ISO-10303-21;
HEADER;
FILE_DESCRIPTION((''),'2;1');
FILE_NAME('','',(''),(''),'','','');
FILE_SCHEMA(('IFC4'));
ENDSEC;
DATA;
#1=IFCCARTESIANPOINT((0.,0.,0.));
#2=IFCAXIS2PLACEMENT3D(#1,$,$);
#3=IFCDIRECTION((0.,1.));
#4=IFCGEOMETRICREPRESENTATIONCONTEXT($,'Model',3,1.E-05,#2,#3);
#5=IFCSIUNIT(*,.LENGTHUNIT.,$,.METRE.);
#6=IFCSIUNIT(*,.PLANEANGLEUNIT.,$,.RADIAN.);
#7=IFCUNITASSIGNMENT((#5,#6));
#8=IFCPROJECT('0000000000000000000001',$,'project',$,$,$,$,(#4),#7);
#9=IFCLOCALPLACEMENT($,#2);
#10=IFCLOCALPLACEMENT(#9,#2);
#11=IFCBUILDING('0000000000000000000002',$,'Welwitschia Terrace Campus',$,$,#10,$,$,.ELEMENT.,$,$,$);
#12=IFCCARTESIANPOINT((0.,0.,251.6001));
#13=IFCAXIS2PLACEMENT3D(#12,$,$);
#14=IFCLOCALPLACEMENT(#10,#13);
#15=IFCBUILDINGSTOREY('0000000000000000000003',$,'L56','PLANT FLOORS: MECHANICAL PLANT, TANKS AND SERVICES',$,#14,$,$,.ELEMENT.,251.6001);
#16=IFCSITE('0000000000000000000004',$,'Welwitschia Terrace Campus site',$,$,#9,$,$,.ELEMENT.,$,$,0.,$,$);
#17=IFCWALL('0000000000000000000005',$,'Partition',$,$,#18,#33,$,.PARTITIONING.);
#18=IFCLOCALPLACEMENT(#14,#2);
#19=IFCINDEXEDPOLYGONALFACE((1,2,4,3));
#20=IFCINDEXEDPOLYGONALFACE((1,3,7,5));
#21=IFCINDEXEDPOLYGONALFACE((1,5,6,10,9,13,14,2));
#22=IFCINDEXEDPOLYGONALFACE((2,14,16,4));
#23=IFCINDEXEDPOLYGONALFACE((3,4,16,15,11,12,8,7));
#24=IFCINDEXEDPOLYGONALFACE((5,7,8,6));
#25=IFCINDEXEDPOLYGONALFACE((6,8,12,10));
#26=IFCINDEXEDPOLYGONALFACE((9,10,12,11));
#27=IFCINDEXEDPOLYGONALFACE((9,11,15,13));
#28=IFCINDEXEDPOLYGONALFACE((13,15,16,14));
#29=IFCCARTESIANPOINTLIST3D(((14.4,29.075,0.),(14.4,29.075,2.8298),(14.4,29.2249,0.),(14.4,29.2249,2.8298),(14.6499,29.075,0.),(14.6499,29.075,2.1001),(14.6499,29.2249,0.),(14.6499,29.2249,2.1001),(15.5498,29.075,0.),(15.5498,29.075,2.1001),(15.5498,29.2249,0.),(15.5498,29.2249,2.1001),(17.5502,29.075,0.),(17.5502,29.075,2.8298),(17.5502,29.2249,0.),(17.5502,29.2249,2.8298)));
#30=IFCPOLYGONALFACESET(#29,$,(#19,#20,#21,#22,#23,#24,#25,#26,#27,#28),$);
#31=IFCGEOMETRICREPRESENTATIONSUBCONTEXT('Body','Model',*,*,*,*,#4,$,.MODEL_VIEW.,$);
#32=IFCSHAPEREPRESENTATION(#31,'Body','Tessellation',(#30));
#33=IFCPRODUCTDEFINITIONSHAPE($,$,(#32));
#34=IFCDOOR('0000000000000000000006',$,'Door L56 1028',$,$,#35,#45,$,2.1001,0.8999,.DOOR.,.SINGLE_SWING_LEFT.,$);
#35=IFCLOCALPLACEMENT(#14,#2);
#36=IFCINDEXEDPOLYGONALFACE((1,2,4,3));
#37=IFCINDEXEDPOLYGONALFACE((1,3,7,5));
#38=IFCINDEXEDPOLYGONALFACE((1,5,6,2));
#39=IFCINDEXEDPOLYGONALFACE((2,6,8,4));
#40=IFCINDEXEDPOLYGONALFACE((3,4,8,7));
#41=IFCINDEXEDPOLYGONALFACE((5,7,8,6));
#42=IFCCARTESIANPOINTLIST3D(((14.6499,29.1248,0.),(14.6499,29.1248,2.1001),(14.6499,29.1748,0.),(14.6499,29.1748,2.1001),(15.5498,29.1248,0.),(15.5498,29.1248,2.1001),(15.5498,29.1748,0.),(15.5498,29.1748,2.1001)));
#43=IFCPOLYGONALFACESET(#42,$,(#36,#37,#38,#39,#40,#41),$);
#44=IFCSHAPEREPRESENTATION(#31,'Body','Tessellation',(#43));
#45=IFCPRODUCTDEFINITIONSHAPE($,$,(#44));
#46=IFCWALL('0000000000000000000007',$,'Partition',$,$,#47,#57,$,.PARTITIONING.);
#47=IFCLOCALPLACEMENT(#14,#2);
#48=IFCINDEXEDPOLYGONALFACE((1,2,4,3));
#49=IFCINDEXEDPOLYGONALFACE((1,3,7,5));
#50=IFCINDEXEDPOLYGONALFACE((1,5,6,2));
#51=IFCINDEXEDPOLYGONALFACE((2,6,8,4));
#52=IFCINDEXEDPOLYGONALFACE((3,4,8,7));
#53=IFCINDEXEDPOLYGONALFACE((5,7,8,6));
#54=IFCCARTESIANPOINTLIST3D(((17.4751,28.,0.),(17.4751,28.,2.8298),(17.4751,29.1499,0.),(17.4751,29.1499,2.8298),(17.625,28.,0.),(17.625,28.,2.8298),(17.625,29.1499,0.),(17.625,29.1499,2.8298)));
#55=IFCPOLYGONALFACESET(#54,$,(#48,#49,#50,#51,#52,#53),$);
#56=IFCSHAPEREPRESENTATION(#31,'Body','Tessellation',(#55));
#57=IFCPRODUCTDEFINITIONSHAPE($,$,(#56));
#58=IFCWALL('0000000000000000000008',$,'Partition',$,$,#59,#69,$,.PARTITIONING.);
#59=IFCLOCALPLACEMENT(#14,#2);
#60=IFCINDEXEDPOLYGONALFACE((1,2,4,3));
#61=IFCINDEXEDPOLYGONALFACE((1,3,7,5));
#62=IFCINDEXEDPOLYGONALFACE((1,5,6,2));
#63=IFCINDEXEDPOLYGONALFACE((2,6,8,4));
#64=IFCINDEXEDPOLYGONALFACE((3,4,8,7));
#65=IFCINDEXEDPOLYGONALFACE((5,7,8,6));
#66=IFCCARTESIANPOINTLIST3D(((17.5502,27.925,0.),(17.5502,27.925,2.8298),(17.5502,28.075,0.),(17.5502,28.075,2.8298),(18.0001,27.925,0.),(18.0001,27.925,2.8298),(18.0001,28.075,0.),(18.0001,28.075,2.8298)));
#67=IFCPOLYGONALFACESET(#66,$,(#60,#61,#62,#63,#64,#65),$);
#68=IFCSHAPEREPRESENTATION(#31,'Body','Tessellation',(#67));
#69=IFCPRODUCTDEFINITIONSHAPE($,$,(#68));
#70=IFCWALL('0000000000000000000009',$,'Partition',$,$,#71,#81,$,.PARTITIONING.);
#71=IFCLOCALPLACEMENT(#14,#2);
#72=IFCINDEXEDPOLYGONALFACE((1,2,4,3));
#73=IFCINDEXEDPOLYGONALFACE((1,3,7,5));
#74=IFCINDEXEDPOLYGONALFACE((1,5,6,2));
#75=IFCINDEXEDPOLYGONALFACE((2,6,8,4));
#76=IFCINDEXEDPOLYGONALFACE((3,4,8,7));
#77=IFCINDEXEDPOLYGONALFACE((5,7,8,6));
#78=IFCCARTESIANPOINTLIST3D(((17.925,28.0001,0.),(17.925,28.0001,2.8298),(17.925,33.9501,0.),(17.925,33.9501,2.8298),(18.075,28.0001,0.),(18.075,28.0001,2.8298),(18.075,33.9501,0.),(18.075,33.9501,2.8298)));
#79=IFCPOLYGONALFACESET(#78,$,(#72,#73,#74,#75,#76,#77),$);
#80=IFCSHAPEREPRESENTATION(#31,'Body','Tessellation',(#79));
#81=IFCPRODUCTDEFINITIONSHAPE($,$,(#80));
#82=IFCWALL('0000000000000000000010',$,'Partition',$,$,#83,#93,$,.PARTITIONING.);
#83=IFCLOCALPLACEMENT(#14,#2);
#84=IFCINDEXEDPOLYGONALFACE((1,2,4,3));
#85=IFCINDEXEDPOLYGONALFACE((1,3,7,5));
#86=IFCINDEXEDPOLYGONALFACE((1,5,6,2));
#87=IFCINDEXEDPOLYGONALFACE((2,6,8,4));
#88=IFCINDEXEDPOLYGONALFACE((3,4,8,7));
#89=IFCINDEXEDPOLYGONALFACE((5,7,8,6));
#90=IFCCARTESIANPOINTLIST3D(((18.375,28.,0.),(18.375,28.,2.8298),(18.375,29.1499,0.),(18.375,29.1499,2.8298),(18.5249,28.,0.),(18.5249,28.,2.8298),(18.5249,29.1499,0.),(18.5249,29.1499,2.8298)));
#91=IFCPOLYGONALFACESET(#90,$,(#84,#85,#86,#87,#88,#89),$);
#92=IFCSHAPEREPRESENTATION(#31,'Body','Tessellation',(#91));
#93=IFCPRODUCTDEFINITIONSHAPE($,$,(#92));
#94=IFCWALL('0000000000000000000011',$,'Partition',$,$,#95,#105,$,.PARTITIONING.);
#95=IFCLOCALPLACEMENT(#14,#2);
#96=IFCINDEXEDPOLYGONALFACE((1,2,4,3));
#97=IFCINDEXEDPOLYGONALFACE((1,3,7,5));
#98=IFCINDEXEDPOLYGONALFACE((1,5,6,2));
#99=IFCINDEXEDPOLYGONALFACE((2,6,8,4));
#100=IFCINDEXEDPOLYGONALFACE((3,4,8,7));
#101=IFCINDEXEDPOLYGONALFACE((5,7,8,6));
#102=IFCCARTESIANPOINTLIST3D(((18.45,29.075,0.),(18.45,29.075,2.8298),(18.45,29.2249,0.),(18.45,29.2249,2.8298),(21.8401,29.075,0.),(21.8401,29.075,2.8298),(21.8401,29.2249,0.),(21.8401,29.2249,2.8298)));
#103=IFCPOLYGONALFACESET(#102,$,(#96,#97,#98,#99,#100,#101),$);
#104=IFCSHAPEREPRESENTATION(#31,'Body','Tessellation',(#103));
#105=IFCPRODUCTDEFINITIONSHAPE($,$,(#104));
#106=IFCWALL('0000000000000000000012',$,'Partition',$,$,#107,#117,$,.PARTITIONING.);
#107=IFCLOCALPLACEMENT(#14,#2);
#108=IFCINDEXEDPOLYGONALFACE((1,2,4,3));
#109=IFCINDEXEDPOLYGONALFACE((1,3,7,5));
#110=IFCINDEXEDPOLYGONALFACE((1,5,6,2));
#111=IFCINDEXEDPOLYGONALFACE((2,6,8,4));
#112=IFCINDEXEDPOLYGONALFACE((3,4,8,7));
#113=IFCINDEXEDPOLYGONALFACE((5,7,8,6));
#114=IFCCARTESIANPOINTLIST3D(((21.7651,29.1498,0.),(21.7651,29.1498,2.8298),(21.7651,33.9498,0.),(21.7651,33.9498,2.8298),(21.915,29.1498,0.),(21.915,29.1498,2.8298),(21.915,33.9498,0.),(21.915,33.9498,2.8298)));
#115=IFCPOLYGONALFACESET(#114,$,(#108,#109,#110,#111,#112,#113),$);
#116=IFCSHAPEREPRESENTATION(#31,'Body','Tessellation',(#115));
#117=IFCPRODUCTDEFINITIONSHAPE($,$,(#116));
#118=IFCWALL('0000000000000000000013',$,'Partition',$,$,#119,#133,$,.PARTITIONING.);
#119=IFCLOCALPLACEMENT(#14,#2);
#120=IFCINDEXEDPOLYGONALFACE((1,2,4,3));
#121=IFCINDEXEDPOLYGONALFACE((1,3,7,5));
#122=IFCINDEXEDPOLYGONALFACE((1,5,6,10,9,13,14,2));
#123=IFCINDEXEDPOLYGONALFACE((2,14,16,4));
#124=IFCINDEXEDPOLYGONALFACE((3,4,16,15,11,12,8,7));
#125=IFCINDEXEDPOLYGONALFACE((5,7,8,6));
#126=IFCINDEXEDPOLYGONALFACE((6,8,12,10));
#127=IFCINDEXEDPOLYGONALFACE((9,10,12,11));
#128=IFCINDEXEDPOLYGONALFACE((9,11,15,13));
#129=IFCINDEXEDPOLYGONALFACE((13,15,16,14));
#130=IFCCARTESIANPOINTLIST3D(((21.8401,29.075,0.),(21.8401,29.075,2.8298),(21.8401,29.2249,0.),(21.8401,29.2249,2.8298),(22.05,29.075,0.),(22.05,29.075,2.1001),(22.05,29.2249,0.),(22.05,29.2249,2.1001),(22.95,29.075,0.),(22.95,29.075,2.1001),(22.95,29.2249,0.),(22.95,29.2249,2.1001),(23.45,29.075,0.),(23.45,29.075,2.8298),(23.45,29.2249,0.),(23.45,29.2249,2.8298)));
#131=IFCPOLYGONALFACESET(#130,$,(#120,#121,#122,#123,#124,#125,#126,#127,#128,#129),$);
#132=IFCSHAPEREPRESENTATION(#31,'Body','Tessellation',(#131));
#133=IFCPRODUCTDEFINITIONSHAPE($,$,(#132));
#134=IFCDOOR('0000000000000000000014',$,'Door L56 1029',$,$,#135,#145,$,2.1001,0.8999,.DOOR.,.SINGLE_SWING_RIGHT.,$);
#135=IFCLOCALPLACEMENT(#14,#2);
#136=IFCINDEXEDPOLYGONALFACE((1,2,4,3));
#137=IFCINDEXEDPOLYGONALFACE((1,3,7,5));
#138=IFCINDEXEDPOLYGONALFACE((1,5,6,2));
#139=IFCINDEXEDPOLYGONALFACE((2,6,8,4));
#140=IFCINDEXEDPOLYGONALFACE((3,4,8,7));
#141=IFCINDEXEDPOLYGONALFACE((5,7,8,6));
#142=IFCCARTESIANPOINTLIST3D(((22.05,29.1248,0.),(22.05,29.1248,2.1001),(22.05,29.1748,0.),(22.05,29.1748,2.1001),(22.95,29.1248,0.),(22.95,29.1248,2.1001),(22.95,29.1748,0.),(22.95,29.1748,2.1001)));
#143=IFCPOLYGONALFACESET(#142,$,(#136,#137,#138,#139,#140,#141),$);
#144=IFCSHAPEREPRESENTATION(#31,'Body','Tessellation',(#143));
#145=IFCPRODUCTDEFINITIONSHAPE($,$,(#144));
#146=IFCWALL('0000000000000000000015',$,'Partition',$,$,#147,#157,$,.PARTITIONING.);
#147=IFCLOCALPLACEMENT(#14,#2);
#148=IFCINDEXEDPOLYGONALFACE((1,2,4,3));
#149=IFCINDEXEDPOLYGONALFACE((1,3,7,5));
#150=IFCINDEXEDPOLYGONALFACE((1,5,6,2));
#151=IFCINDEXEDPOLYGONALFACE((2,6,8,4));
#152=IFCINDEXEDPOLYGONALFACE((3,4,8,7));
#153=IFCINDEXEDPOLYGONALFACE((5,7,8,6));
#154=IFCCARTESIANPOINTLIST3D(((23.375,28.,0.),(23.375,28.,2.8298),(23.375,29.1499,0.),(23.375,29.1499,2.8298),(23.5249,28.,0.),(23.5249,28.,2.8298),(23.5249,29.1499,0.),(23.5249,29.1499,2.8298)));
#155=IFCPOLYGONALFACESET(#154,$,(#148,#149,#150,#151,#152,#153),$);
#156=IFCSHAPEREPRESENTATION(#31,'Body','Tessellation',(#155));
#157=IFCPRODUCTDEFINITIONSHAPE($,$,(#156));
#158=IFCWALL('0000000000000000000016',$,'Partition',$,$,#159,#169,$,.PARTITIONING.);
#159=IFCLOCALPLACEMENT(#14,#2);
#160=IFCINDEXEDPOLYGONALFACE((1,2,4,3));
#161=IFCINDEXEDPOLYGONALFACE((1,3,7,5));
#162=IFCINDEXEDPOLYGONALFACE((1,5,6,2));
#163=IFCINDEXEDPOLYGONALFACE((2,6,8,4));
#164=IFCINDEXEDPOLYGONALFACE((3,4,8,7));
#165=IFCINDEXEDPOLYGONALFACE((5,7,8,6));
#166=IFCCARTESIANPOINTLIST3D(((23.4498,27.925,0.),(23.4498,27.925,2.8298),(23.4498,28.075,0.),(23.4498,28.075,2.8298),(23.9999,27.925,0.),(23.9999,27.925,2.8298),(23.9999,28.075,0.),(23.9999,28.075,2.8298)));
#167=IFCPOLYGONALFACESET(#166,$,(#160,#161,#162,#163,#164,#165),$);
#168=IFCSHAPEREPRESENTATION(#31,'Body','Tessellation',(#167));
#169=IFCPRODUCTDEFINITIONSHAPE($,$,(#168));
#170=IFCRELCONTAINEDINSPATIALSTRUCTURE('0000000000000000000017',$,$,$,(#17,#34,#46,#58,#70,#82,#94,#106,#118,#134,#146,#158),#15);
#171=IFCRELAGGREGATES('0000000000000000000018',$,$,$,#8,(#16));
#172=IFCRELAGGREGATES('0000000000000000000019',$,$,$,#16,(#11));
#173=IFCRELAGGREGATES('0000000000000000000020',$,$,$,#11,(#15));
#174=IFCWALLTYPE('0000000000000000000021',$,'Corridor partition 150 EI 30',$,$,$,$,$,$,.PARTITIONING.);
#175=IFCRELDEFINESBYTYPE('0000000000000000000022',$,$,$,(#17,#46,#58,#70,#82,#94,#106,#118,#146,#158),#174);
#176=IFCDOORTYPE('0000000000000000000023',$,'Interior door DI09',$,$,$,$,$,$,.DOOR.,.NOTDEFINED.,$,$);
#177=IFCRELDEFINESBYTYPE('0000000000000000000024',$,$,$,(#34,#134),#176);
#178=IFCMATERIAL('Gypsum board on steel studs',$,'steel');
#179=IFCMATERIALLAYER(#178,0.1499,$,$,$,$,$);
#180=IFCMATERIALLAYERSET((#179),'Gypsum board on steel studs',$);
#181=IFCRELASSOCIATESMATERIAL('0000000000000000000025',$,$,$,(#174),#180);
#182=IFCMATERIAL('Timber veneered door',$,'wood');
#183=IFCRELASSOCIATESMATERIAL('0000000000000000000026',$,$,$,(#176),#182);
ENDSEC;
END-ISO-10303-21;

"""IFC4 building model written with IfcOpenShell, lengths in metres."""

from ifc_helpers import new_model, si_unit, direction, frame, frame_2d, origin, place, context, subcontext, project, spatial, rectangle, extrude, material, layer, layer_set, type_object, element, fill, save


model = new_model("IFC4")

# Units and contexts
model_context = context("Model", 3, precision=1e-05, world=origin(), true_north=direction((0.0, 1.0)))
body_context = subcontext(model_context, "Body", "Model", "MODEL_VIEW")
ifc_project = project(units=[si_unit("LENGTHUNIT", "METRE"), si_unit("PLANEANGLEUNIT", "RADIAN")], contexts=[model_context])

# Site, building, storey
site_placement = place(None, origin())
site = spatial("IfcSite", under=ifc_project, at=site_placement, Name="Welwitschia Terrace Campus site", CompositionType="ELEMENT", RefElevation=0.0)
building_placement = place(site_placement, origin())
building = spatial("IfcBuilding", under=site, at=building_placement, Name="Welwitschia Terrace Campus", CompositionType="ELEMENT")
storey_placement = place(building_placement, frame((0.0, 0.0, 251.6001)))
storey = spatial("IfcBuildingStorey", under=building, at=storey_placement, Name="L56", Description="PLANT FLOORS: MECHANICAL PLANT, TANKS AND SERVICES", CompositionType="ELEMENT", Elevation=251.6001)

# Shared definitions
ifc_material_1 = material(Name="Gypsum board on steel studs", Category="steel")
ifc_layer_1 = layer(ifc_material_1, 0.1499)
ifc_layer_set_1 = layer_set([ifc_layer_1], Name="Gypsum board on steel studs")
wall_type = type_object("IfcWallType", Name="Corridor partition 150 EI 30", PredefinedType="PARTITIONING", material=ifc_layer_set_1)

# Shared definitions
ifc_material_2 = material(Name="Timber veneered door", Category="wood")
door_type = type_object("IfcDoorType", Name="Interior door DI09", OperationType="NOTDEFINED", PredefinedType="DOOR", material=ifc_material_2)

# Wall, opening, door
wall_1_placement = place(storey_placement, frame((14.3999, 29.1499, 0.0), z_axis=(0.0, 0.0, 1.0), x_axis=(1.0, 0.0, 0.0)))
wall_1 = element("IfcWall", 1, at=wall_1_placement, inside=storey, type_object=wall_type, Name="Partition", PredefinedType="PARTITIONING", context=body_context, shape_type="SweptSolid", body=[
    extrude(rectangle(XDim=3.1501, YDim=0.1499, at=frame_2d((1.5752, 0.0))), origin(), (0.0, 0.0, 1.0), 2.8298),
])
opening_1_placement = place(wall_1_placement, frame((0.25, 0.0, 0.0)))
opening_1 = element("IfcOpeningElement", 2, at=opening_1_placement, cuts=wall_1, PredefinedType="OPENING", context=body_context, shape_type="SweptSolid", body=[
    extrude(rectangle(XDim=0.8999, YDim=2.1001, at=frame_2d((0.45, 1.05))), frame((0.0, 0.085, 0.0), z_axis=(0.0, -1.0, 0.0), x_axis=(1.0, 0.0, 0.0)), (0.0, 0.0, 1.0), 0.1699),
])
door_1_placement = place(opening_1_placement, origin())
door_1 = element("IfcDoor", 3, at=door_1_placement, inside=storey, type_object=door_type, Name="Door L56 1028", OperationType="SINGLE_SWING_LEFT", OverallHeight=2.1001, OverallWidth=0.8999, PredefinedType="DOOR", context=body_context, shape_type="SweptSolid", body=[
    extrude(rectangle(XDim=0.8999, YDim=2.1001, at=frame_2d((0.45, 1.05))), frame((0.0, 0.0249, 0.0), z_axis=(0.0, -1.0, 0.0), x_axis=(1.0, 0.0, 0.0)), (0.0, 0.0, 1.0), 0.05),
])
fill(opening_1, door_1)

# Walls
wall_2_placement = place(storey_placement, frame((17.55, 28.0, 0.0), z_axis=(0.0, 0.0, 1.0), x_axis=(0.0, 1.0, 0.0)))
element("IfcWall", 4, at=wall_2_placement, inside=storey, type_object=wall_type, Name="Partition", PredefinedType="PARTITIONING", context=body_context, shape_type="SweptSolid", body=[
    extrude(rectangle(XDim=1.1499, YDim=0.1499, at=frame_2d((0.575, 0.0))), origin(), (0.0, 0.0, 1.0), 2.8298),
])
wall_3_placement = place(storey_placement, frame((17.55, 28.0, 0.0), z_axis=(0.0, 0.0, 1.0), x_axis=(1.0, 0.0, 0.0)))
element("IfcWall", 5, at=wall_3_placement, inside=storey, type_object=wall_type, Name="Partition", PredefinedType="PARTITIONING", context=body_context, shape_type="SweptSolid", body=[
    extrude(rectangle(XDim=0.45, YDim=0.1499, at=frame_2d((0.2251, 0.0))), origin(), (0.0, 0.0, 1.0), 2.8298),
])
wall_4_placement = place(storey_placement, frame((18.0, 28.0, 0.0), z_axis=(0.0, 0.0, 1.0), x_axis=(0.0, 1.0, 0.0)))
element("IfcWall", 6, at=wall_4_placement, inside=storey, type_object=wall_type, Name="Partition", PredefinedType="PARTITIONING", context=body_context, shape_type="SweptSolid", body=[
    extrude(rectangle(XDim=5.95, YDim=0.1499, at=frame_2d((2.9751, 0.0))), origin(), (0.0, 0.0, 1.0), 2.8298),
])
wall_5_placement = place(storey_placement, frame((18.45, 28.0, 0.0), z_axis=(0.0, 0.0, 1.0), x_axis=(0.0, 1.0, 0.0)))
element("IfcWall", 7, at=wall_5_placement, inside=storey, type_object=wall_type, Name="Partition", PredefinedType="PARTITIONING", context=body_context, shape_type="SweptSolid", body=[
    extrude(rectangle(XDim=1.1499, YDim=0.1499, at=frame_2d((0.575, 0.0))), origin(), (0.0, 0.0, 1.0), 2.8298),
])
wall_6_placement = place(storey_placement, frame((18.45, 29.1499, 0.0), z_axis=(0.0, 0.0, 1.0), x_axis=(1.0, 0.0, 0.0)))
element("IfcWall", 8, at=wall_6_placement, inside=storey, type_object=wall_type, Name="Partition", PredefinedType="PARTITIONING", context=body_context, shape_type="SweptSolid", body=[
    extrude(rectangle(XDim=3.3901, YDim=0.1499, at=frame_2d((1.6951, 0.0))), origin(), (0.0, 0.0, 1.0), 2.8298),
])
wall_7_placement = place(storey_placement, frame((21.8401, 29.1499, 0.0), z_axis=(0.0, 0.0, 1.0), x_axis=(0.0, 1.0, 0.0)))
element("IfcWall", 9, at=wall_7_placement, inside=storey, type_object=wall_type, Name="Partition", PredefinedType="PARTITIONING", context=body_context, shape_type="SweptSolid", body=[
    extrude(rectangle(XDim=4.8, YDim=0.1499, at=frame_2d((2.3999, 0.0))), origin(), (0.0, 0.0, 1.0), 2.8298),
])

# Wall, opening, door
wall_8_placement = place(storey_placement, frame((21.8401, 29.1499, 0.0), z_axis=(0.0, 0.0, 1.0), x_axis=(1.0, 0.0, 0.0)))
wall_8 = element("IfcWall", 10, at=wall_8_placement, inside=storey, type_object=wall_type, Name="Partition", PredefinedType="PARTITIONING", context=body_context, shape_type="SweptSolid", body=[
    extrude(rectangle(XDim=1.6099, YDim=0.1499, at=frame_2d((0.8049, 0.0))), origin(), (0.0, 0.0, 1.0), 2.8298),
])
opening_2_placement = place(wall_8_placement, frame((0.21, 0.0, 0.0)))
opening_2 = element("IfcOpeningElement", 11, at=opening_2_placement, cuts=wall_8, PredefinedType="OPENING", context=body_context, shape_type="SweptSolid", body=[
    extrude(rectangle(XDim=0.8999, YDim=2.1001, at=frame_2d((0.45, 1.05))), frame((0.0, 0.085, 0.0), z_axis=(0.0, -1.0, 0.0), x_axis=(1.0, 0.0, 0.0)), (0.0, 0.0, 1.0), 0.1699),
])
door_2_placement = place(opening_2_placement, origin())
door_2 = element("IfcDoor", 12, at=door_2_placement, inside=storey, type_object=door_type, Name="Door L56 1029", OperationType="SINGLE_SWING_RIGHT", OverallHeight=2.1001, OverallWidth=0.8999, PredefinedType="DOOR", context=body_context, shape_type="SweptSolid", body=[
    extrude(rectangle(XDim=0.8999, YDim=2.1001, at=frame_2d((0.45, 1.05))), frame((0.0, 0.0249, 0.0), z_axis=(0.0, -1.0, 0.0), x_axis=(1.0, 0.0, 0.0)), (0.0, 0.0, 1.0), 0.05),
])
fill(opening_2, door_2)

# Walls
wall_9_placement = place(storey_placement, frame((23.45, 28.0, 0.0), z_axis=(0.0, 0.0, 1.0), x_axis=(0.0, 1.0, 0.0)))
element("IfcWall", 13, at=wall_9_placement, inside=storey, type_object=wall_type, Name="Partition", PredefinedType="PARTITIONING", context=body_context, shape_type="SweptSolid", body=[
    extrude(rectangle(XDim=1.1499, YDim=0.1499, at=frame_2d((0.575, 0.0))), origin(), (0.0, 0.0, 1.0), 2.8298),
])
wall_10_placement = place(storey_placement, frame((23.45, 28.0, 0.0), z_axis=(0.0, 0.0, 1.0), x_axis=(1.0, 0.0, 0.0)))
element("IfcWall", 14, at=wall_10_placement, inside=storey, type_object=wall_type, Name="Partition", PredefinedType="PARTITIONING", context=body_context, shape_type="SweptSolid", body=[
    extrude(rectangle(XDim=0.55, YDim=0.1499, at=frame_2d((0.2749, 0.0))), origin(), (0.0, 0.0, 1.0), 2.8298),
])

save(model, "model.ifc")
